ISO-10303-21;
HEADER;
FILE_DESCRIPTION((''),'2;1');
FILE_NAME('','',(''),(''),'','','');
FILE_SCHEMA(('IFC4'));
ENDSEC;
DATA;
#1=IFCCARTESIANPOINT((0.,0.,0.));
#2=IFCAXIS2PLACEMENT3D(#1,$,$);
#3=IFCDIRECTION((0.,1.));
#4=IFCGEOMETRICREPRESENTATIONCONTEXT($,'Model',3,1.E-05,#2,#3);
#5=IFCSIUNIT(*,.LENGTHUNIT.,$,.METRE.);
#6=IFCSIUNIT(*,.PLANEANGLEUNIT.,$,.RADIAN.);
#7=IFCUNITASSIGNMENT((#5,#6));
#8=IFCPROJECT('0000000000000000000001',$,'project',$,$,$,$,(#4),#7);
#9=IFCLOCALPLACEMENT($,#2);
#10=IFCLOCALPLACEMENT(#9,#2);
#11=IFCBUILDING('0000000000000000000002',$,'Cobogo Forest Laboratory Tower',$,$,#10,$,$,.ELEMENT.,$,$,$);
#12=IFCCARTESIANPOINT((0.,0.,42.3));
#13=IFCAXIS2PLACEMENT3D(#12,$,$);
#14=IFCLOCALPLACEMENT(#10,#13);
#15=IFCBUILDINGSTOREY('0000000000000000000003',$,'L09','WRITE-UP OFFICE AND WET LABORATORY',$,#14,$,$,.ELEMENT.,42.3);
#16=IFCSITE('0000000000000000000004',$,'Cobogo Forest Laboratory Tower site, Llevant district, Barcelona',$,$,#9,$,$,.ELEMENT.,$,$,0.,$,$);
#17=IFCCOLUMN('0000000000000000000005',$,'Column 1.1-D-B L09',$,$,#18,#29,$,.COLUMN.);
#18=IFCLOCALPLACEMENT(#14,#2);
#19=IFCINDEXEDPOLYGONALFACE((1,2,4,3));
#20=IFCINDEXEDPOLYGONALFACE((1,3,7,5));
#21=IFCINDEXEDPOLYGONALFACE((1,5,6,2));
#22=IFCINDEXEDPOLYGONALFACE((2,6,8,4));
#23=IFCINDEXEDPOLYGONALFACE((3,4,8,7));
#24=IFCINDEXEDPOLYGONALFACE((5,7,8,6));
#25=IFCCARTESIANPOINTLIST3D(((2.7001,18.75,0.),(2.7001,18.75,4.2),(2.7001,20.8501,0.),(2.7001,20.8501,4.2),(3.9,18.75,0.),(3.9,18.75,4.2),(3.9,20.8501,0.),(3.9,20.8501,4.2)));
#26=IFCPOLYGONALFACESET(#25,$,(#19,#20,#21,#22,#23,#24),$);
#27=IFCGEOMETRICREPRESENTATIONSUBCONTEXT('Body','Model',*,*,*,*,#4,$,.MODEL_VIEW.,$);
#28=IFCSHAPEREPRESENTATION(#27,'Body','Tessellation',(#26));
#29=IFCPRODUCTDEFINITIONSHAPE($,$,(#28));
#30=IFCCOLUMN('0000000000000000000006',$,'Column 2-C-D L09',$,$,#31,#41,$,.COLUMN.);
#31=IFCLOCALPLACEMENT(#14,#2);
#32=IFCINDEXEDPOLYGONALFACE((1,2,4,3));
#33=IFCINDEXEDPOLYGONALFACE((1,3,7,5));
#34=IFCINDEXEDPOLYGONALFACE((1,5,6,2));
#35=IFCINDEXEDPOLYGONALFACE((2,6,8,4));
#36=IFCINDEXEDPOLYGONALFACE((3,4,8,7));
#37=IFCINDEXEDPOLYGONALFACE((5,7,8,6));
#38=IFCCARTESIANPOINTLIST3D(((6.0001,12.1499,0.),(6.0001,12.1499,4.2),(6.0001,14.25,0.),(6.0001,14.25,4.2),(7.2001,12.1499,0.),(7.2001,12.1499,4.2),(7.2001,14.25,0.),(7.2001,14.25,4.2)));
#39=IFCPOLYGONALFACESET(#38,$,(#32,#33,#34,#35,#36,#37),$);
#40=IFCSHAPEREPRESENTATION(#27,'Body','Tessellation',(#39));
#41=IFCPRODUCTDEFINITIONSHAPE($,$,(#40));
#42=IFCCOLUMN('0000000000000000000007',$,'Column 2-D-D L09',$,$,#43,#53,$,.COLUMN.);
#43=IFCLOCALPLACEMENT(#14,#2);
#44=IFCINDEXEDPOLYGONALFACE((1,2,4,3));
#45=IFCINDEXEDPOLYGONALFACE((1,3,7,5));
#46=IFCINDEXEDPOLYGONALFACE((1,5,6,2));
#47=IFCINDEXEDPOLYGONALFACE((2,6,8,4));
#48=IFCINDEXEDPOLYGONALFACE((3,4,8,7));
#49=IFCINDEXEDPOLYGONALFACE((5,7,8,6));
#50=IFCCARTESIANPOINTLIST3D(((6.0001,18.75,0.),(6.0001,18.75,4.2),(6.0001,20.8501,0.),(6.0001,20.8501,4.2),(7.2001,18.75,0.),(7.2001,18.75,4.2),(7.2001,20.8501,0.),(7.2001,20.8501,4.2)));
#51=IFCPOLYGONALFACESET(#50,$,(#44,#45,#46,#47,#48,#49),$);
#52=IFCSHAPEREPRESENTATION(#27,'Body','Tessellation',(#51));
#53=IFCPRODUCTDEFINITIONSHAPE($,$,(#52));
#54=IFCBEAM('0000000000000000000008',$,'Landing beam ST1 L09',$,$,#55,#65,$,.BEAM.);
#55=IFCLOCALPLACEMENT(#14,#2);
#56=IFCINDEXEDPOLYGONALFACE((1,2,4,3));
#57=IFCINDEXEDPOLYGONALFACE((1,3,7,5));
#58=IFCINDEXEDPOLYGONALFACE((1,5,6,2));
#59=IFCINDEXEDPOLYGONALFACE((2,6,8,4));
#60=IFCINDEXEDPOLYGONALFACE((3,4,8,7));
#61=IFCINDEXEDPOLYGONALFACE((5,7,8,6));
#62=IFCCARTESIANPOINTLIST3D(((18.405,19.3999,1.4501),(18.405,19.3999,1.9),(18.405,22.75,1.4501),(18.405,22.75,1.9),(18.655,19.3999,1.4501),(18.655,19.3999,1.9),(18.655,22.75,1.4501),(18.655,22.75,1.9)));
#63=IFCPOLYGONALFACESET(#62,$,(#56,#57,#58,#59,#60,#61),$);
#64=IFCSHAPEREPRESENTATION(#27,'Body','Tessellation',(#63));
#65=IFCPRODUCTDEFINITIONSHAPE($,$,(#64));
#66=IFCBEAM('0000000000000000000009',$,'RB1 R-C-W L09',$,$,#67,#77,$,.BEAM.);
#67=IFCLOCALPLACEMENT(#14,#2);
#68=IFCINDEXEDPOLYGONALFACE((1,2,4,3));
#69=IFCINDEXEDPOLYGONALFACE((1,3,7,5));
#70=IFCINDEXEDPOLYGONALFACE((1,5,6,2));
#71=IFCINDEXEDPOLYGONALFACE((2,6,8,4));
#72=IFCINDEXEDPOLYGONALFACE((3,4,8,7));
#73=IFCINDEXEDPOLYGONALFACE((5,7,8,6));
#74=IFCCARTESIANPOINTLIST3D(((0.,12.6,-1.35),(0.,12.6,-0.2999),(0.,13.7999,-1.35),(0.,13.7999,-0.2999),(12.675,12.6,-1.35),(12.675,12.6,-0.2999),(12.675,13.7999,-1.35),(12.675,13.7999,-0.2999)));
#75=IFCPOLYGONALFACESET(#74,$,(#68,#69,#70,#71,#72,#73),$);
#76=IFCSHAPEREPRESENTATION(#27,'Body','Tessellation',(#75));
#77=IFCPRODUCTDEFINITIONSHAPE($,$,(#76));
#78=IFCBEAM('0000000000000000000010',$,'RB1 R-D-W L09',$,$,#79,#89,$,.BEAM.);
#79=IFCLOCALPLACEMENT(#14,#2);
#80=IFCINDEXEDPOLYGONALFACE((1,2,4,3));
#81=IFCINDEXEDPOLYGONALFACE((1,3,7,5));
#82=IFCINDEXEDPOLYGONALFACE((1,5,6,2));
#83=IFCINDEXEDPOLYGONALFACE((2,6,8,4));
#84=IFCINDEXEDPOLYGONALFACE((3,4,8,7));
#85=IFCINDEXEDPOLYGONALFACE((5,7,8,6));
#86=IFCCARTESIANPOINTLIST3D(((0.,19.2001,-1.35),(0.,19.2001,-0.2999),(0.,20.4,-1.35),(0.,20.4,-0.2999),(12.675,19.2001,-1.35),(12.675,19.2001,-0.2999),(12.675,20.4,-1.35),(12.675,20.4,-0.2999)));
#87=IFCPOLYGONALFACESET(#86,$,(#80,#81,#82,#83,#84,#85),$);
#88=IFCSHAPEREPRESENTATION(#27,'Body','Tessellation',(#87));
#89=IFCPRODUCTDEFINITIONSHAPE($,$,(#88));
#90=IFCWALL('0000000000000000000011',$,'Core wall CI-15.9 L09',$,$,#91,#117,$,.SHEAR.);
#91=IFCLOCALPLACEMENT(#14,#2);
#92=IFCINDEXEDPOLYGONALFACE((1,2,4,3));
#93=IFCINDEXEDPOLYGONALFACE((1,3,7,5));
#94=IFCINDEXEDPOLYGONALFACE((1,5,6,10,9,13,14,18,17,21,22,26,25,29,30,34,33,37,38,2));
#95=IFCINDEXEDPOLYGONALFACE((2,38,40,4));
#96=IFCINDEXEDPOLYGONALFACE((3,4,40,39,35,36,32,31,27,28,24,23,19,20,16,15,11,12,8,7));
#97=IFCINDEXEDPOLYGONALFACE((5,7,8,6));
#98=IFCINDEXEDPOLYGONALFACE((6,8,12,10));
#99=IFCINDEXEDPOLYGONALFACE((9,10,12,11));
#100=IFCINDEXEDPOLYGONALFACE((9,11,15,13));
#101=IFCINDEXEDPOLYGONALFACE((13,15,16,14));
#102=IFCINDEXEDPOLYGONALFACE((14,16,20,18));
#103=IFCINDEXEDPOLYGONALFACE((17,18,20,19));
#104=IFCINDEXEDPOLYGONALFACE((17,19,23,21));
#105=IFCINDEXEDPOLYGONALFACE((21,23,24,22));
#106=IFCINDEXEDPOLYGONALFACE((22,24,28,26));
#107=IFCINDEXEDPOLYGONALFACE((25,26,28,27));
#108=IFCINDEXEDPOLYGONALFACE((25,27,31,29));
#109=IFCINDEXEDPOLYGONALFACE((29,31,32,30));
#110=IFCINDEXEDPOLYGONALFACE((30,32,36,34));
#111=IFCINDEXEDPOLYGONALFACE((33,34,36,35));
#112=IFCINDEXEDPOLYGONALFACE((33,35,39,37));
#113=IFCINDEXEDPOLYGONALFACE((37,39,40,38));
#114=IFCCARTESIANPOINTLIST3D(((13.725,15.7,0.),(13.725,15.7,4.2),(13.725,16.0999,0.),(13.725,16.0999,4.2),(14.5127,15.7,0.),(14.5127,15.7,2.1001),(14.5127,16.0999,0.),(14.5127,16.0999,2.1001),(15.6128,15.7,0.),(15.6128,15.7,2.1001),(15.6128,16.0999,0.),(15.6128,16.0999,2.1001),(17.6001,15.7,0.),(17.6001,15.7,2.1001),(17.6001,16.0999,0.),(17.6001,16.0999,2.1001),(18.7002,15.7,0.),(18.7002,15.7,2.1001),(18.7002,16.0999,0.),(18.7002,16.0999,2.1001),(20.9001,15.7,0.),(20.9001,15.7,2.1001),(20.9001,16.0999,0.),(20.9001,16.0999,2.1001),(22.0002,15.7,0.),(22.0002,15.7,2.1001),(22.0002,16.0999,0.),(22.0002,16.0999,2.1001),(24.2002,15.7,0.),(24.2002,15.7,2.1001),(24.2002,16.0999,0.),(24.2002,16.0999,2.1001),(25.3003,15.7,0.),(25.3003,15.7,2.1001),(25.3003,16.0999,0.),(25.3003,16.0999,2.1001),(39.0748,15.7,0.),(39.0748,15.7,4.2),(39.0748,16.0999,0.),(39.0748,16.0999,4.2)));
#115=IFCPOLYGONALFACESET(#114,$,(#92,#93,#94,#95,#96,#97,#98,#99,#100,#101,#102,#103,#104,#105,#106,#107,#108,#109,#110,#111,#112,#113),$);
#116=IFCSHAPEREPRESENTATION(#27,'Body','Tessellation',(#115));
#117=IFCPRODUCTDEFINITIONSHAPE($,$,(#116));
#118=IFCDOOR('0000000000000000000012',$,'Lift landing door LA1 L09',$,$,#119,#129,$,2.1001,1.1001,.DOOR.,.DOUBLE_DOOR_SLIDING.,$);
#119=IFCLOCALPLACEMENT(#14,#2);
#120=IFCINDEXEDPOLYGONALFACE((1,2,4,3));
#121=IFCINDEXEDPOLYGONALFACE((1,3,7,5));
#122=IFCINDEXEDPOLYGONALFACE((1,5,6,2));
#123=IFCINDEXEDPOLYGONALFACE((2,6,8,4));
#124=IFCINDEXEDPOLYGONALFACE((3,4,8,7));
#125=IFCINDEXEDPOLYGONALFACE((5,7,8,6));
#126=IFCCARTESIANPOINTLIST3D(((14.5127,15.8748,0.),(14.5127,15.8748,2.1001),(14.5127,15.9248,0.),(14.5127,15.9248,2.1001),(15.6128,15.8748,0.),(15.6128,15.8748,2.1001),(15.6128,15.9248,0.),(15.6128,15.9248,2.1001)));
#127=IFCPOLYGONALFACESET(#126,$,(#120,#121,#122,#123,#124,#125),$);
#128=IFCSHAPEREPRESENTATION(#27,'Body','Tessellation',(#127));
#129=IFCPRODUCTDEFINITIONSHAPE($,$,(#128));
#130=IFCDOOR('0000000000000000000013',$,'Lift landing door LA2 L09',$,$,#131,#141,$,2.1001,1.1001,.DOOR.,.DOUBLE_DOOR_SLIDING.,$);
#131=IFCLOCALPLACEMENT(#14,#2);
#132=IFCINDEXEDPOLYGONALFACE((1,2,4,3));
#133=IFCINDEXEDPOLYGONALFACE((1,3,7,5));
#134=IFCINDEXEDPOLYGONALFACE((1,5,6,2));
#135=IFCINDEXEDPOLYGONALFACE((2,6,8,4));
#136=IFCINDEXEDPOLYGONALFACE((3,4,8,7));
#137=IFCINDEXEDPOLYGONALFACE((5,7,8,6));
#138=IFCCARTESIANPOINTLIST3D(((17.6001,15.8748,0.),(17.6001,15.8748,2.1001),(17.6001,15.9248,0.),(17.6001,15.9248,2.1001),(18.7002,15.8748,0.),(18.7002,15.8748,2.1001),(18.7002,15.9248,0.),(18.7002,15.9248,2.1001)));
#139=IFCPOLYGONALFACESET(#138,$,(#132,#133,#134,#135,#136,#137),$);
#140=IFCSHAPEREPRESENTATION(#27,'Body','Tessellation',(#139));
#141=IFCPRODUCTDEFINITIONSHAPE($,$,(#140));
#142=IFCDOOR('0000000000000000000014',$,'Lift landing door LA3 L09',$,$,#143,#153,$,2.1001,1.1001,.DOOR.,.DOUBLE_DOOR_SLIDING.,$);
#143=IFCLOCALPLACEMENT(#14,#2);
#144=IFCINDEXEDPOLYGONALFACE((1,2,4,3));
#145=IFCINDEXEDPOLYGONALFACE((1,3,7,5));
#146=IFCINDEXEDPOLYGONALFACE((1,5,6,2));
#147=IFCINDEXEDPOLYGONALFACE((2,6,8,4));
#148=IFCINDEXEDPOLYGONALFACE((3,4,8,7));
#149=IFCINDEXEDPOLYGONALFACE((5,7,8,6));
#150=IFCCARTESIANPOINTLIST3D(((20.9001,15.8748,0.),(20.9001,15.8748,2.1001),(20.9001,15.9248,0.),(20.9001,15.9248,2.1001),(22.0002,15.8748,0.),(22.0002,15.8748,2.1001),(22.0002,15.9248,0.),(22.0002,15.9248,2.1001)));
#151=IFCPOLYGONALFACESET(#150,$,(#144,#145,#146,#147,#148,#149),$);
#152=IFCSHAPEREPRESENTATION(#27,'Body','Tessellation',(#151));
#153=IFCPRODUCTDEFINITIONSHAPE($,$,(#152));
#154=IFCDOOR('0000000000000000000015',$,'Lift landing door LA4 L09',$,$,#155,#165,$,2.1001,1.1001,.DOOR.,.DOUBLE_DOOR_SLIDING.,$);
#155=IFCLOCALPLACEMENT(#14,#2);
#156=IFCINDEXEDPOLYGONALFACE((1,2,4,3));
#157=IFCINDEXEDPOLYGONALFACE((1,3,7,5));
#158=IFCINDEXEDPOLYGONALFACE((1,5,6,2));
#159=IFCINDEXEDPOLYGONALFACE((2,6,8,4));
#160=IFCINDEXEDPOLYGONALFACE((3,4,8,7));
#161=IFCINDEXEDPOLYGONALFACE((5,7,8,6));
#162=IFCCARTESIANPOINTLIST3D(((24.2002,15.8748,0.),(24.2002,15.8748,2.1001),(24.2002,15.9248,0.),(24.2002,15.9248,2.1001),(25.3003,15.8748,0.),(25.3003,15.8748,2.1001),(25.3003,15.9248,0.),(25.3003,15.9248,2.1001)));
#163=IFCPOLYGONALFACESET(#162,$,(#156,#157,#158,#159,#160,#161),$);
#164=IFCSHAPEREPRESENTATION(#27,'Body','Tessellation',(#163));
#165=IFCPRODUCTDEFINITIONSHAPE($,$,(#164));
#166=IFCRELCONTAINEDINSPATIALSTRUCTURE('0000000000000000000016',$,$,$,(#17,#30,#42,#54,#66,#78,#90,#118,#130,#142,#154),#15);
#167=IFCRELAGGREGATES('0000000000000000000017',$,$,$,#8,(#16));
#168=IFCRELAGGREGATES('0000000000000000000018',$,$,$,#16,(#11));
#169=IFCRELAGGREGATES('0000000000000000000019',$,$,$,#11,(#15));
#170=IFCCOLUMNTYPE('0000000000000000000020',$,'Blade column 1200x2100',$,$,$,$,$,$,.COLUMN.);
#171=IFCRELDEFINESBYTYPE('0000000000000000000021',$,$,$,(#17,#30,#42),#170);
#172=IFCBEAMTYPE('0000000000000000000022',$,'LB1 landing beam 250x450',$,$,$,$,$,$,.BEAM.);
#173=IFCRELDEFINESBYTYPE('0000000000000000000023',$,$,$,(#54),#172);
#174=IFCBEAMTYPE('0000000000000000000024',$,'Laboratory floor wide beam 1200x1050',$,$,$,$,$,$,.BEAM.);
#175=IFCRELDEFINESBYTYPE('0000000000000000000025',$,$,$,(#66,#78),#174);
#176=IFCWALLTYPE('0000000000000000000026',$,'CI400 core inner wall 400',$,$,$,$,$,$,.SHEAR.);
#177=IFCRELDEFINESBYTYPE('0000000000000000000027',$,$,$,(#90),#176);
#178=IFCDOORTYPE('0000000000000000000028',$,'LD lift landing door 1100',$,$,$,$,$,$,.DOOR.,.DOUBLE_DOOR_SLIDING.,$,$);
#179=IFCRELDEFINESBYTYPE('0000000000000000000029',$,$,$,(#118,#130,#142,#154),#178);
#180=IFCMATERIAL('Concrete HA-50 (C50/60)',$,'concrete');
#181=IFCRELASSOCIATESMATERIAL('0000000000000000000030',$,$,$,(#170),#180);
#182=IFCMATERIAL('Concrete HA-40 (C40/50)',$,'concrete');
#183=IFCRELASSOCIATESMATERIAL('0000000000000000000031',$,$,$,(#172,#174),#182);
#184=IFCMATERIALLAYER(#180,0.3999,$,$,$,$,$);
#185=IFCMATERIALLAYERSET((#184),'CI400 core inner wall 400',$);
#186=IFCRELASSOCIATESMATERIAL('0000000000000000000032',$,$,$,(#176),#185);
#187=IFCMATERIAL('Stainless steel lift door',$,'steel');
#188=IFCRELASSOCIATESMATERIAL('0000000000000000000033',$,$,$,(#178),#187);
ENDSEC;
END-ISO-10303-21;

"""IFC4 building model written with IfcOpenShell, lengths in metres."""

from ifc_helpers import new_model, si_unit, direction, frame, frame_2d, origin, origin_2d, place, context, subcontext, project, spatial, rectangle, extrude, material, layer, layer_set, material_profile, profile_set, type_object, element, fill, save


model = new_model("IFC4")

# Units and contexts
model_context = context("Model", 3, precision=1e-05, world=origin(), true_north=direction((0.0, 1.0)))
body_context = subcontext(model_context, "Body", "Model", "MODEL_VIEW")
ifc_project = project(units=[si_unit("LENGTHUNIT", "METRE"), si_unit("PLANEANGLEUNIT", "RADIAN")], contexts=[model_context])

# Site, building, storey
site_placement = place(None, origin())
site = spatial("IfcSite", under=ifc_project, at=site_placement, Name="Cobogo Forest Laboratory Tower site, Llevant district, Barcelona", CompositionType="ELEMENT", RefElevation=0.0)
building_placement = place(site_placement, origin())
building = spatial("IfcBuilding", under=site, at=building_placement, Name="Cobogo Forest Laboratory Tower", CompositionType="ELEMENT")
storey_placement = place(building_placement, frame((0.0, 0.0, 42.3)))
storey = spatial("IfcBuildingStorey", under=building, at=storey_placement, Name="L09", Description="WRITE-UP OFFICE AND WET LABORATORY", CompositionType="ELEMENT", Elevation=42.3)

# Columns
ifc_material_1 = material(Name="Concrete HA-50 (C50/60)", Category="concrete")
ifc_material_profile_1 = material_profile(ifc_material_1, rectangle(XDim=2.1001, YDim=1.2, at=origin_2d()), Name="RC 1200x2100")
ifc_profile_set_1 = profile_set([ifc_material_profile_1], Name="Concrete HA-50 (C50/60)")
column_type = type_object("IfcColumnType", Name="Blade column 1200x2100", PredefinedType="COLUMN", material=ifc_profile_set_1)
for number, where, z_axis, x_axis, name in (
    (1, (3.3, 19.8, 0.0), (0.0, 0.0, 1.0), (0.0, 1.0, 0.0), "Column 1.1-D-B L09"),
    (2, (6.6001, 13.2, 0.0), (0.0, 0.0, 1.0), (0.0, 1.0, 0.0), "Column 2-C-D L09"),
    (3, (6.6001, 19.8, 0.0), (0.0, 0.0, 1.0), (0.0, 1.0, 0.0), "Column 2-D-D L09"),
):
    element("IfcColumn", number, at=place(storey_placement, frame(where, z_axis=z_axis, x_axis=x_axis)), inside=storey, type_object=column_type, Name=name, PredefinedType="COLUMN", context=body_context, shape_type="SweptSolid", body=[
        extrude(rectangle(XDim=2.1001, YDim=1.2, at=origin_2d()), origin(), (0.0, 0.0, 1.0), 4.2),
    ])

# Beams
ifc_material_2 = material(Name="Concrete HA-40 (C40/50)", Category="concrete")
ifc_material_profile_2 = material_profile(ifc_material_2, rectangle(XDim=0.25, YDim=0.45, at=origin_2d()), Name="RC 250x450")
ifc_profile_set_2 = profile_set([ifc_material_profile_2], Name="Concrete HA-40 (C40/50)")
beam_type_1 = type_object("IfcBeamType", Name="LB1 landing beam 250x450", PredefinedType="BEAM", material=ifc_profile_set_2)
beam_placement = place(storey_placement, frame((18.53, 19.3999, 1.675), z_axis=(0.0, 1.0, 0.0), x_axis=(-1.0, 0.0, 0.0)))
element("IfcBeam", 4, at=beam_placement, inside=storey, type_object=beam_type_1, Name="Landing beam ST1 L09", PredefinedType="BEAM", context=body_context, shape_type="SweptSolid", body=[
    extrude(rectangle(XDim=0.25, YDim=0.45, at=origin_2d()), origin(), (0.0, 0.0, 1.0), 3.3501),
])
ifc_material_profile_3 = material_profile(ifc_material_2, rectangle(XDim=1.2, YDim=1.05, at=origin_2d()), Name="RC 1200x1050")
ifc_profile_set_3 = profile_set([ifc_material_profile_3], Name="Concrete HA-40 (C40/50)")
beam_type_2 = type_object("IfcBeamType", Name="Laboratory floor wide beam 1200x1050", PredefinedType="BEAM", material=ifc_profile_set_3)
for number, where, z_axis, x_axis, name in (
    (5, (12.675, 13.2, -0.825), (-1.0, 0.0, 0.0), (0.0, -1.0, 0.0), "RB1 R-C-W L09"),
    (6, (12.675, 19.8, -0.825), (-1.0, 0.0, 0.0), (0.0, -1.0, 0.0), "RB1 R-D-W L09"),
):
    element("IfcBeam", number, at=place(storey_placement, frame(where, z_axis=z_axis, x_axis=x_axis)), inside=storey, type_object=beam_type_2, Name=name, PredefinedType="BEAM", context=body_context, shape_type="SweptSolid", body=[
        extrude(rectangle(XDim=1.2, YDim=1.05, at=origin_2d()), origin(), (0.0, 0.0, 1.0), 12.675),
    ])

# Wall, openings, doors
ifc_layer_1 = layer(ifc_material_1, 0.3999)
ifc_layer_set_1 = layer_set([ifc_layer_1], Name="CI400 core inner wall 400")
wall_type_1 = type_object("IfcWallType", Name="CI400 core inner wall 400", PredefinedType="SHEAR", material=ifc_layer_set_1)
wall_1_placement = place(storey_placement, frame((13.7251, 15.8999, 0.0), z_axis=(0.0, 0.0, 1.0), x_axis=(1.0, 0.0, 0.0)))
wall_1 = element("IfcWall", 7, at=wall_1_placement, inside=storey, type_object=wall_type_1, Name="Core wall CI-15.9 L09", PredefinedType="SHEAR", context=body_context, shape_type="SweptSolid", body=[
    extrude(rectangle(XDim=25.3499, YDim=0.3999, at=frame_2d((12.6748, 0.0))), origin(), (0.0, 0.0, 1.0), 4.2),
])
opening_1_placement = place(wall_1_placement, frame((0.7876, 0.0, 0.0)))
opening_1 = element("IfcOpeningElement", 8, at=opening_1_placement, cuts=wall_1, PredefinedType="OPENING", context=body_context, shape_type="SweptSolid", body=[
    extrude(rectangle(XDim=1.1001, YDim=2.1001, at=frame_2d((0.55, 1.05))), frame((0.0, 0.21, 0.0), z_axis=(0.0, -1.0, 0.0), x_axis=(1.0, 0.0, 0.0)), (0.0, 0.0, 1.0), 0.4199),
])
opening_2_placement = place(wall_1_placement, frame((3.875, 0.0, 0.0)))
opening_2 = element("IfcOpeningElement", 9, at=opening_2_placement, cuts=wall_1, PredefinedType="OPENING", context=body_context, shape_type="SweptSolid", body=[
    extrude(rectangle(XDim=1.1001, YDim=2.1001, at=frame_2d((0.55, 1.05))), frame((0.0, 0.21, 0.0), z_axis=(0.0, -1.0, 0.0), x_axis=(1.0, 0.0, 0.0)), (0.0, 0.0, 1.0), 0.4199),
])
opening_3_placement = place(wall_1_placement, frame((7.175, 0.0, 0.0)))
opening_3 = element("IfcOpeningElement", 10, at=opening_3_placement, cuts=wall_1, PredefinedType="OPENING", context=body_context, shape_type="SweptSolid", body=[
    extrude(rectangle(XDim=1.1001, YDim=2.1001, at=frame_2d((0.55, 1.05))), frame((0.0, 0.21, 0.0), z_axis=(0.0, -1.0, 0.0), x_axis=(1.0, 0.0, 0.0)), (0.0, 0.0, 1.0), 0.4199),
])
opening_4_placement = place(wall_1_placement, frame((10.4751, 0.0, 0.0)))
opening_4 = element("IfcOpeningElement", 11, at=opening_4_placement, cuts=wall_1, PredefinedType="OPENING", context=body_context, shape_type="SweptSolid", body=[
    extrude(rectangle(XDim=1.1001, YDim=2.1001, at=frame_2d((0.55, 1.05))), frame((0.0, 0.21, 0.0), z_axis=(0.0, -1.0, 0.0), x_axis=(1.0, 0.0, 0.0)), (0.0, 0.0, 1.0), 0.4199),
])
ifc_material_3 = material(Name="Stainless steel lift door", Category="steel")
door_type_1 = type_object("IfcDoorType", Name="LD lift landing door 1100", OperationType="DOUBLE_DOOR_SLIDING", PredefinedType="DOOR", material=ifc_material_3)
door_1_placement = place(opening_1_placement, origin())
door_1 = element("IfcDoor", 12, at=door_1_placement, inside=storey, type_object=door_type_1, Name="Lift landing door LA1 L09", OperationType="DOUBLE_DOOR_SLIDING", OverallHeight=2.1001, OverallWidth=1.1001, PredefinedType="DOOR", context=body_context, shape_type="SweptSolid", body=[
    extrude(rectangle(XDim=1.1001, YDim=2.1001, at=frame_2d((0.55, 1.05))), frame((0.0, 0.0249, 0.0), z_axis=(0.0, -1.0, 0.0), x_axis=(1.0, 0.0, 0.0)), (0.0, 0.0, 1.0), 0.05),
])
fill(opening_1, door_1)
door_2_placement = place(opening_2_placement, origin())
door_2 = element("IfcDoor", 13, at=door_2_placement, inside=storey, type_object=door_type_1, Name="Lift landing door LA2 L09", OperationType="DOUBLE_DOOR_SLIDING", OverallHeight=2.1001, OverallWidth=1.1001, PredefinedType="DOOR", context=body_context, shape_type="SweptSolid", body=[
    extrude(rectangle(XDim=1.1001, YDim=2.1001, at=frame_2d((0.55, 1.05))), frame((0.0, 0.0249, 0.0), z_axis=(0.0, -1.0, 0.0), x_axis=(1.0, 0.0, 0.0)), (0.0, 0.0, 1.0), 0.05),
])
fill(opening_2, door_2)
door_3_placement = place(opening_3_placement, origin())
door_3 = element("IfcDoor", 14, at=door_3_placement, inside=storey, type_object=door_type_1, Name="Lift landing door LA3 L09", OperationType="DOUBLE_DOOR_SLIDING", OverallHeight=2.1001, OverallWidth=1.1001, PredefinedType="DOOR", context=body_context, shape_type="SweptSolid", body=[
    extrude(rectangle(XDim=1.1001, YDim=2.1001, at=frame_2d((0.55, 1.05))), frame((0.0, 0.0249, 0.0), z_axis=(0.0, -1.0, 0.0), x_axis=(1.0, 0.0, 0.0)), (0.0, 0.0, 1.0), 0.05),
])
fill(opening_3, door_3)
door_4_placement = place(opening_4_placement, origin())
door_4 = element("IfcDoor", 15, at=door_4_placement, inside=storey, type_object=door_type_1, Name="Lift landing door LA4 L09", OperationType="DOUBLE_DOOR_SLIDING", OverallHeight=2.1001, OverallWidth=1.1001, PredefinedType="DOOR", context=body_context, shape_type="SweptSolid", body=[
    extrude(rectangle(XDim=1.1001, YDim=2.1001, at=frame_2d((0.55, 1.05))), frame((0.0, 0.0249, 0.0), z_axis=(0.0, -1.0, 0.0), x_axis=(1.0, 0.0, 0.0)), (0.0, 0.0, 1.0), 0.05),
])
fill(opening_4, door_4)

save(model, "model.ifc")
